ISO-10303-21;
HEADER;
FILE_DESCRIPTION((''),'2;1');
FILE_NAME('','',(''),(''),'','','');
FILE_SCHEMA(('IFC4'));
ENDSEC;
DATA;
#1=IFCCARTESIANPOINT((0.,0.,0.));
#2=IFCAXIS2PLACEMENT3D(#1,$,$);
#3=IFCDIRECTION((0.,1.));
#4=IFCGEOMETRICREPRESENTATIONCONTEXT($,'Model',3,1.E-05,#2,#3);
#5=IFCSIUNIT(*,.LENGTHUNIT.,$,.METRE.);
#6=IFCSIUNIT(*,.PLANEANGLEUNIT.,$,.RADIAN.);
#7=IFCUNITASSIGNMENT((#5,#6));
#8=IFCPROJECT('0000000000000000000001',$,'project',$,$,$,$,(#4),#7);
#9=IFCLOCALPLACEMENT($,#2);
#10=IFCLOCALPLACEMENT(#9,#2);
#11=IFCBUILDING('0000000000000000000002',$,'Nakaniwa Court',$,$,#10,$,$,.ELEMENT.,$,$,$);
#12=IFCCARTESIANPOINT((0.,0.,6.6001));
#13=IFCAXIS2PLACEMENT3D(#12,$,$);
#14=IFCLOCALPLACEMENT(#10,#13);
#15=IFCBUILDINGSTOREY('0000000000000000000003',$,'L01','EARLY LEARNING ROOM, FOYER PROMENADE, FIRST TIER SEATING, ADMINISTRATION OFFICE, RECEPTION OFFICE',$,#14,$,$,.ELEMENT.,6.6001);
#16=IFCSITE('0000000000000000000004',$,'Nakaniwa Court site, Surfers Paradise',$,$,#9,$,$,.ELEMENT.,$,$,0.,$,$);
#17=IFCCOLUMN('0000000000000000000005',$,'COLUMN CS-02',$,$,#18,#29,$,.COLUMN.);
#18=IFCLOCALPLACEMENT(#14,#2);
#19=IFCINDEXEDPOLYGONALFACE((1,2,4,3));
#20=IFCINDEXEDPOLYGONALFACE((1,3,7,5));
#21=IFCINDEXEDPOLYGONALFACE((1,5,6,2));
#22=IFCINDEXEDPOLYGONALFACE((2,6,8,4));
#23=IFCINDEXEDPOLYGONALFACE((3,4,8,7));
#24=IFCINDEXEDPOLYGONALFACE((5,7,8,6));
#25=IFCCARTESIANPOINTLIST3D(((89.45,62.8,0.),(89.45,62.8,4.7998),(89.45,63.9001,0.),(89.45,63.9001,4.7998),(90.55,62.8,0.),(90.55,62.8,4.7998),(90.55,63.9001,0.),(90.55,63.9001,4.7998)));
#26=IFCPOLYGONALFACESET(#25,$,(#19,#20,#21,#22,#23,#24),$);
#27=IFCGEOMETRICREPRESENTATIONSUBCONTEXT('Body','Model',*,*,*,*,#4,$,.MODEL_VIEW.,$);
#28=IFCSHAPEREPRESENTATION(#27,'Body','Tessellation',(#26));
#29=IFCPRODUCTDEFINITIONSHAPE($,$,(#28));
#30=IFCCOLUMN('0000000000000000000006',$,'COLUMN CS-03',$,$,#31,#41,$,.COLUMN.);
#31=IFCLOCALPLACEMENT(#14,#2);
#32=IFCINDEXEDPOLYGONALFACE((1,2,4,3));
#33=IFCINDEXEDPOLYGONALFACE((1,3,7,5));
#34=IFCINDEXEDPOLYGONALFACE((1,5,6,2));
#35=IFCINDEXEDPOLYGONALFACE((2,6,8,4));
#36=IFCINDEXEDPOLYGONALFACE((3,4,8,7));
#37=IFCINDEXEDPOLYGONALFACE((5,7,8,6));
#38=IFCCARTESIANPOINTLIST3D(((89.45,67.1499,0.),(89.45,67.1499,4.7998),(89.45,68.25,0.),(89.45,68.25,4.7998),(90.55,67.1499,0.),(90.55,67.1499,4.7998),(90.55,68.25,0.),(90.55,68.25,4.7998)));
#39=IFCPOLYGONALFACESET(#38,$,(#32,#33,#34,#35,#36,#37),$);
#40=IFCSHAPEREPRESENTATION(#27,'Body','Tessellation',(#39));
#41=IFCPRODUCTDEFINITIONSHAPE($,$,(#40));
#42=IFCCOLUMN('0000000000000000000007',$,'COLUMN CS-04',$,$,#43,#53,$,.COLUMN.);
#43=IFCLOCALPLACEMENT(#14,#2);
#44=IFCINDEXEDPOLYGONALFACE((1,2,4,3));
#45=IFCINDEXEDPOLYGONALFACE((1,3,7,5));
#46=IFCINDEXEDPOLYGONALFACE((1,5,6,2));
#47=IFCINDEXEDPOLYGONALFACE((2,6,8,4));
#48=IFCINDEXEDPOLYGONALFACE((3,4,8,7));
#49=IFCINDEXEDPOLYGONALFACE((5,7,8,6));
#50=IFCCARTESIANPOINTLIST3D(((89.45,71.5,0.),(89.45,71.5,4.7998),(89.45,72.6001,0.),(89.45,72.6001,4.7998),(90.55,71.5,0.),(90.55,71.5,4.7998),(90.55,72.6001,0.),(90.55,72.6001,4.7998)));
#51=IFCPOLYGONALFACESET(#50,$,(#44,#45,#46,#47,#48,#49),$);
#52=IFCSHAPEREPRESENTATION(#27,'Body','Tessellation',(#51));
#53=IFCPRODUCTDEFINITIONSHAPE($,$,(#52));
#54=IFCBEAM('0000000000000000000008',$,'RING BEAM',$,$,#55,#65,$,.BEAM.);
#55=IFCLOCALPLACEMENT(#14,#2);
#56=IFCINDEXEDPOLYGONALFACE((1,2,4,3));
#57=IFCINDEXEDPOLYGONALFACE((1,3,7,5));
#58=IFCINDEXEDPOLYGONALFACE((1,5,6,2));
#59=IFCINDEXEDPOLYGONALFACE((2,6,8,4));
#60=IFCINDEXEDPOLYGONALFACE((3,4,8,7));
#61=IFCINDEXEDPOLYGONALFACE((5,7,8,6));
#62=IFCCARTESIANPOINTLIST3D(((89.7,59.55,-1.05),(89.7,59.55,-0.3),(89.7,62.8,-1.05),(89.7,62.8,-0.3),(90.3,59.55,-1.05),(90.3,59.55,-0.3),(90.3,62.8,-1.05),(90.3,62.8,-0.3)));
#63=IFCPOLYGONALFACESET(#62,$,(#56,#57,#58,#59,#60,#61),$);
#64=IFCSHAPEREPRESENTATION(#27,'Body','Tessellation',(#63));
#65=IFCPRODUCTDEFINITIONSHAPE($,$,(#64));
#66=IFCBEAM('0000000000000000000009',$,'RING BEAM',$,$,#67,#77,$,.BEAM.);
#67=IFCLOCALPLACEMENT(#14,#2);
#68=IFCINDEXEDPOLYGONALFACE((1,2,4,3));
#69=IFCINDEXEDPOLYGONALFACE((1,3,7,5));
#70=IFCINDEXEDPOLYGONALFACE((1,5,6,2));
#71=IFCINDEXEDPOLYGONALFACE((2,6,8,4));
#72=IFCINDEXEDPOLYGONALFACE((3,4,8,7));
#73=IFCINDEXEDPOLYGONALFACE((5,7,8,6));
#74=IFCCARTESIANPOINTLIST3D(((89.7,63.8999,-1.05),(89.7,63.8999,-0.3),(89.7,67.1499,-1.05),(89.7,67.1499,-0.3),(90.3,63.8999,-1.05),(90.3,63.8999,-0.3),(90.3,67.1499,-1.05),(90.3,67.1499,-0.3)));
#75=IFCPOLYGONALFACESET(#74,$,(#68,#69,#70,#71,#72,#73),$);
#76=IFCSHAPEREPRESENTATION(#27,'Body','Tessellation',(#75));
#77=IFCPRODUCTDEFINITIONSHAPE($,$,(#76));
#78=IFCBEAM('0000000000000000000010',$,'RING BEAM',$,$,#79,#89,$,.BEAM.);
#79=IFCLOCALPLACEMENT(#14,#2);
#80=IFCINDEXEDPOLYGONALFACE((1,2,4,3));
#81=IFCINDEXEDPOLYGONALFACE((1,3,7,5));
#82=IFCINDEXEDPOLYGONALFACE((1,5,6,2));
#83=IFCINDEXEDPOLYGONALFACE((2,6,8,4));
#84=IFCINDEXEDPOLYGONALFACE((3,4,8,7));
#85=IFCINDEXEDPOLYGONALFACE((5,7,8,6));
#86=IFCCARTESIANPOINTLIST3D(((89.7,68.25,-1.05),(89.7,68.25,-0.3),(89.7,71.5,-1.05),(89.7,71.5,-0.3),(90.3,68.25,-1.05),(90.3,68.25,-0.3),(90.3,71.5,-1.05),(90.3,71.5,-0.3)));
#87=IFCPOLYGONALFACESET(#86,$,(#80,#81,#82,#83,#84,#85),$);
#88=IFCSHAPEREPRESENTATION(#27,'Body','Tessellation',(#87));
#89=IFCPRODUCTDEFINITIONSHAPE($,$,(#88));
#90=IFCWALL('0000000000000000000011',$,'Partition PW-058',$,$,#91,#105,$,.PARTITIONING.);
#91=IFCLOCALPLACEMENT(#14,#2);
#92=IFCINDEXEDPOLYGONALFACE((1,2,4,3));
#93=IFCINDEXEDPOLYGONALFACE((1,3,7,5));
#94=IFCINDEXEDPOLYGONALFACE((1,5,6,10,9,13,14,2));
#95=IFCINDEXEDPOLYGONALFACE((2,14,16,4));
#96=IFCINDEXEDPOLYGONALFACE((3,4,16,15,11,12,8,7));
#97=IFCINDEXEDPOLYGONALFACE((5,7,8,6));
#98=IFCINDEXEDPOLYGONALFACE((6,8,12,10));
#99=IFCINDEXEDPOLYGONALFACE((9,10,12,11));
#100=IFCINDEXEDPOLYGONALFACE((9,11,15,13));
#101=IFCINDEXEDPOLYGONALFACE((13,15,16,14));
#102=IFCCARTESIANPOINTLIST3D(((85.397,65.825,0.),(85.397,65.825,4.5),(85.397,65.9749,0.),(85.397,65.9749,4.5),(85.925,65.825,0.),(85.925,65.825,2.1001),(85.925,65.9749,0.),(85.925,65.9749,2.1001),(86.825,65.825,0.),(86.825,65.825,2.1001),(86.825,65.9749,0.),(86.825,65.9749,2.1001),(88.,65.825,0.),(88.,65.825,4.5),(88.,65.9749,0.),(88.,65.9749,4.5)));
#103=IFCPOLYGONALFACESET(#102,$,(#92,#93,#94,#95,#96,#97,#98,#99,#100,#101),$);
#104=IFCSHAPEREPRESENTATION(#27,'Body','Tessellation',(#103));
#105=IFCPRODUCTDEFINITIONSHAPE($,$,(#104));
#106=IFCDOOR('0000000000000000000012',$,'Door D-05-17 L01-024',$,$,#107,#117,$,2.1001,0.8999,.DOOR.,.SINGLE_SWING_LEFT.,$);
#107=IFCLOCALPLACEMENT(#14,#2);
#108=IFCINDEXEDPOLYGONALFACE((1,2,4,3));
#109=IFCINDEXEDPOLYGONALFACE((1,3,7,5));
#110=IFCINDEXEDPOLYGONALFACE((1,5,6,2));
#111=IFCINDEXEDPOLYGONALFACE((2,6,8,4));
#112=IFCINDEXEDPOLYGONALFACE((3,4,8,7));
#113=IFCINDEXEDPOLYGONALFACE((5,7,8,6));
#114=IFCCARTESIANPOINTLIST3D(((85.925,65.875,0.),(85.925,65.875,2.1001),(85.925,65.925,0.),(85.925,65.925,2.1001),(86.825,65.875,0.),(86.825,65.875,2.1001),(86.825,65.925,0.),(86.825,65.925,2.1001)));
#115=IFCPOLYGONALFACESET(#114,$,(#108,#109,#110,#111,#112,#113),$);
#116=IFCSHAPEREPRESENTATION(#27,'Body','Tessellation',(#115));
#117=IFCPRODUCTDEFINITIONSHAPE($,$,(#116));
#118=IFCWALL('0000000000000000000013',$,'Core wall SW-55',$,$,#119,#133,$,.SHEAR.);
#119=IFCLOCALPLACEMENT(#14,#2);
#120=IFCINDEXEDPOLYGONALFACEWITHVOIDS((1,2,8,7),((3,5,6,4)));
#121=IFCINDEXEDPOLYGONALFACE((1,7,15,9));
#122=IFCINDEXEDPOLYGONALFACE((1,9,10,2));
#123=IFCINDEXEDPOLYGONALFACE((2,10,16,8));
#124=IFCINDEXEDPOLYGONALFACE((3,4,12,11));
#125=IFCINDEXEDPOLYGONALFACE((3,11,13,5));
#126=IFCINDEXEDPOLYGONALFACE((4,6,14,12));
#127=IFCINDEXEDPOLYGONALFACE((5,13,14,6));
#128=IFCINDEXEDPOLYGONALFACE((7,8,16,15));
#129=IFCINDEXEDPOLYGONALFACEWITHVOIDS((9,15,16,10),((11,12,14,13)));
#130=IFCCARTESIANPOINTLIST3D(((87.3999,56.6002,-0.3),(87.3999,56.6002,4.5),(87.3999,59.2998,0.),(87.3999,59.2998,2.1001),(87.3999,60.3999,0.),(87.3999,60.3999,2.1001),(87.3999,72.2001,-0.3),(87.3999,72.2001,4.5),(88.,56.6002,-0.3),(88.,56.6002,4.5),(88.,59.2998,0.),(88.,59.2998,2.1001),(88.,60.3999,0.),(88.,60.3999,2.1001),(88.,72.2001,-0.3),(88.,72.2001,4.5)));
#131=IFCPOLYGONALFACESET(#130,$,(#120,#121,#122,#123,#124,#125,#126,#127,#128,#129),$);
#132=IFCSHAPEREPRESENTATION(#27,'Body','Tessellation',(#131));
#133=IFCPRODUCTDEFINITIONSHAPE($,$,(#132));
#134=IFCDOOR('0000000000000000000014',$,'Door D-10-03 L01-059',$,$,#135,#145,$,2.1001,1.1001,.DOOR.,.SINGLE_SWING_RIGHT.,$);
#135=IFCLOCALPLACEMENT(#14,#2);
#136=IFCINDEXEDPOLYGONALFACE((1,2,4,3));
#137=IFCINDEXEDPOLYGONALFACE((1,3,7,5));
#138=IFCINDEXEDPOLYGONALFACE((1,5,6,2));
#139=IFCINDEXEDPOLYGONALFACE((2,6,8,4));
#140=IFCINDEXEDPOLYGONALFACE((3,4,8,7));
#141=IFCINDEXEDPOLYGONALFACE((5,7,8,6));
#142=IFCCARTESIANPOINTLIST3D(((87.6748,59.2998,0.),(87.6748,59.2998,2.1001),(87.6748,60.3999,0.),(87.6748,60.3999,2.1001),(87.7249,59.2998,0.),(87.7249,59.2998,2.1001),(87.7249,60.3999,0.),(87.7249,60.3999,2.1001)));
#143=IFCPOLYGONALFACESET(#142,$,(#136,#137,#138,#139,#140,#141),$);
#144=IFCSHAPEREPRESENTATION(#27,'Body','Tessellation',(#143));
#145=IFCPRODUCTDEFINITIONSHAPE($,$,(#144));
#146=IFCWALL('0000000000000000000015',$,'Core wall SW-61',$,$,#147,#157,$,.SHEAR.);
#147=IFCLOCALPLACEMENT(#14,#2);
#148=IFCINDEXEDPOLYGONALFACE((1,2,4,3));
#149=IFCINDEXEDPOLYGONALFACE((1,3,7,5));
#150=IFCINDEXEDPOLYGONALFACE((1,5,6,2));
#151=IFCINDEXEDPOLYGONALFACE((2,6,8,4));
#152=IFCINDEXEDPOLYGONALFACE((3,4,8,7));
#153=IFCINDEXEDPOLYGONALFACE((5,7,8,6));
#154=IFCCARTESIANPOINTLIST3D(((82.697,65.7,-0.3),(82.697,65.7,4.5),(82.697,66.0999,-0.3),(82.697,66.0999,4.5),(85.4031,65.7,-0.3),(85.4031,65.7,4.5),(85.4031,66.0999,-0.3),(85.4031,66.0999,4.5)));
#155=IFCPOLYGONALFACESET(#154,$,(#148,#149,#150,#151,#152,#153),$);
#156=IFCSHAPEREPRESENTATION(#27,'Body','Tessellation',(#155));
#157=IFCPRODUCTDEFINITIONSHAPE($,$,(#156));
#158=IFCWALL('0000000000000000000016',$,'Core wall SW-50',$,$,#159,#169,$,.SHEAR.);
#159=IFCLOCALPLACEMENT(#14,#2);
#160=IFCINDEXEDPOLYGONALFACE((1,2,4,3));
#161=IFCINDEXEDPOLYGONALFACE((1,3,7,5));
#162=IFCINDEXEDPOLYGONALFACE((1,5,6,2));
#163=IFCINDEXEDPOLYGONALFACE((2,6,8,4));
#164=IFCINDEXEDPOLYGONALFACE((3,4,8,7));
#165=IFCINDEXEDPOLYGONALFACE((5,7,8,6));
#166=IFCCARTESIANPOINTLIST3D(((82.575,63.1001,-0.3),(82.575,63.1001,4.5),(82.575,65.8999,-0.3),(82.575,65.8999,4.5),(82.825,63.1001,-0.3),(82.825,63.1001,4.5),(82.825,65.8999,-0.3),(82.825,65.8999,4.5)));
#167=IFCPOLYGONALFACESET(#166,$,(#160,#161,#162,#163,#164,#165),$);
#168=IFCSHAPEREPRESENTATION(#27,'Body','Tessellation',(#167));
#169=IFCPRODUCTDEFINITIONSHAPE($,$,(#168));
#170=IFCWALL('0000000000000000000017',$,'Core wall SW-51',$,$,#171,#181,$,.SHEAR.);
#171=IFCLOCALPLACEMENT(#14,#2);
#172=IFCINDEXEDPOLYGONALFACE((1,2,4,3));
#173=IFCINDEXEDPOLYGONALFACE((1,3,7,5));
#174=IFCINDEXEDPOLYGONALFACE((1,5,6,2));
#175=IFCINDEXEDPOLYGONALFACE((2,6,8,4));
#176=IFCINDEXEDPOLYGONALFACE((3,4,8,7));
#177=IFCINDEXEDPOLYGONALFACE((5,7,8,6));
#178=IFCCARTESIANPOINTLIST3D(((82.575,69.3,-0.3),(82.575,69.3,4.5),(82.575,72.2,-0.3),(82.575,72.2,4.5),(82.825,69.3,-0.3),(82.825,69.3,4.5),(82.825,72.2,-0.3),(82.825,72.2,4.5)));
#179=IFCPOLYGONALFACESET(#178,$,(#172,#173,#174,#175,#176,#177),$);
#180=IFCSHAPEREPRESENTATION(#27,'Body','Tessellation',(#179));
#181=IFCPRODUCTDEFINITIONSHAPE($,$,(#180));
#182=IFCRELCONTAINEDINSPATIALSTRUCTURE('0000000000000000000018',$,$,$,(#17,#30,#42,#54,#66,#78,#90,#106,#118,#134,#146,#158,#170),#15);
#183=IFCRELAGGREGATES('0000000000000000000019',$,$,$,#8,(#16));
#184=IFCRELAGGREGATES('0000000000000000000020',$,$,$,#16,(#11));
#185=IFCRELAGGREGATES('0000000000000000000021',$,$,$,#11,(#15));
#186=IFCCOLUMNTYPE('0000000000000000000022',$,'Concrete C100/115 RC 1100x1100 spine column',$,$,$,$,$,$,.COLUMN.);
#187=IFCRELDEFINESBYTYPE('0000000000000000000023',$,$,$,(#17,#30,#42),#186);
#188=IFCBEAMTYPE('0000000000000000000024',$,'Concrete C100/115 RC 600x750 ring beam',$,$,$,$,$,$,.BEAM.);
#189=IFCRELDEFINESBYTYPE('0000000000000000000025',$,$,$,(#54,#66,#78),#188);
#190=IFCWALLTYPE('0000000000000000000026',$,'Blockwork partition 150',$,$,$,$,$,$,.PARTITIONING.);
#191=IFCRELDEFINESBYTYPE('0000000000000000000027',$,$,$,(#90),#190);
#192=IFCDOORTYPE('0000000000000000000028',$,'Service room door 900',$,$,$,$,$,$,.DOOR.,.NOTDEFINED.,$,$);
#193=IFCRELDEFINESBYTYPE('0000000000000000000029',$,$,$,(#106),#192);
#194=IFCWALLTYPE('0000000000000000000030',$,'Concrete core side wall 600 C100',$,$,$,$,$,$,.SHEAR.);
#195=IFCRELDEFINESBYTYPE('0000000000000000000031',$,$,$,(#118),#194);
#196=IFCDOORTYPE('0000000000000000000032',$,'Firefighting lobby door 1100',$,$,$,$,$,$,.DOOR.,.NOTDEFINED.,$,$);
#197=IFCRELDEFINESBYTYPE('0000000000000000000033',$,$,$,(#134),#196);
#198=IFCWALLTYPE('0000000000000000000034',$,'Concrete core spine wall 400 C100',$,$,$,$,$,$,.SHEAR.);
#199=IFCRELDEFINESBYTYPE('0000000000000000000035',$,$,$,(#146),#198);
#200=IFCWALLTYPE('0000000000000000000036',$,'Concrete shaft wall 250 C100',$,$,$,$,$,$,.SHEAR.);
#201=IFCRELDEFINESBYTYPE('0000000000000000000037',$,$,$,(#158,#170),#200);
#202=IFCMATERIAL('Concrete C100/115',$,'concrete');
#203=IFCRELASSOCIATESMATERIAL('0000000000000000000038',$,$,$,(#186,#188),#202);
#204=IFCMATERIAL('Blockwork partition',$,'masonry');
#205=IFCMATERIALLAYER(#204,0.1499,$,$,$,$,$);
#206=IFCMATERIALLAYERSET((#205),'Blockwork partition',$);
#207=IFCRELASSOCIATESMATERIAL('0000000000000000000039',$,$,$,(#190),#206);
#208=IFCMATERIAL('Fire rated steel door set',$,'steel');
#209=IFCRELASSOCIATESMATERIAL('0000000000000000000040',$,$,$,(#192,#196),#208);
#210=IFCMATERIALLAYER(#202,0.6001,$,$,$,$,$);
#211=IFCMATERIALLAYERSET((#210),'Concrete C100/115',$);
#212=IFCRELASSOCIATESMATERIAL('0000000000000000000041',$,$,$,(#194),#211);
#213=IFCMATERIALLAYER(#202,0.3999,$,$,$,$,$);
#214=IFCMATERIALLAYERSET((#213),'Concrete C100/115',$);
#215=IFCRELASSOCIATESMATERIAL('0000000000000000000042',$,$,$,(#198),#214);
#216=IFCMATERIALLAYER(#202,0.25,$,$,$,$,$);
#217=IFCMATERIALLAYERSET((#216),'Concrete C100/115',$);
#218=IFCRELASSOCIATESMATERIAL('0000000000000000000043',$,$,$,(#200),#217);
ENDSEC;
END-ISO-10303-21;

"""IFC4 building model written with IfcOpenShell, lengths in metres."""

from ifc_helpers import new_model, si_unit, direction, frame, frame_2d, origin, origin_2d, place, context, subcontext, project, spatial, rectangle, extrude, material, layer, layer_set, material_profile, profile_set, type_object, element, fill, save


model = new_model("IFC4")

# Units and contexts
model_context = context("Model", 3, precision=1e-05, world=origin(), true_north=direction((0.0, 1.0)))
body_context = subcontext(model_context, "Body", "Model", "MODEL_VIEW")
ifc_project = project(units=[si_unit("LENGTHUNIT", "METRE"), si_unit("PLANEANGLEUNIT", "RADIAN")], contexts=[model_context])

# Site, building, storey
site_placement = place(None, origin())
site = spatial("IfcSite", under=ifc_project, at=site_placement, Name="Nakaniwa Court site, Surfers Paradise", CompositionType="ELEMENT", RefElevation=0.0)
building_placement = place(site_placement, origin())
building = spatial("IfcBuilding", under=site, at=building_placement, Name="Nakaniwa Court", CompositionType="ELEMENT")
storey_placement = place(building_placement, frame((0.0, 0.0, 6.6001)))
storey = spatial("IfcBuildingStorey", under=building, at=storey_placement, Name="L01", Description="EARLY LEARNING ROOM, FOYER PROMENADE, FIRST TIER SEATING, ADMINISTRATION OFFICE, RECEPTION OFFICE", CompositionType="ELEMENT", Elevation=6.6001)

# Columns
ifc_material_1 = material(Name="Concrete C100/115", Category="concrete")
ifc_material_profile_1 = material_profile(ifc_material_1, rectangle(XDim=1.1001, YDim=1.1001, at=origin_2d()), Name="Concrete C100/115 RC 1100x1100 spine column")
ifc_profile_set_1 = profile_set([ifc_material_profile_1], Name="Concrete C100/115")
column_type = type_object("IfcColumnType", Name="Concrete C100/115 RC 1100x1100 spine column", PredefinedType="COLUMN", material=ifc_profile_set_1)
for number, where, z_axis, x_axis, name in (
    (1, (90.0, 63.3501, 0.0), (0.0, 0.0, 1.0), (0.0, 1.0, 0.0), "COLUMN CS-02"),
    (2, (90.0, 67.7, 0.0), (0.0, 0.0, 1.0), (0.0, 1.0, 0.0), "COLUMN CS-03"),
    (3, (90.0, 72.05, 0.0), (0.0, 0.0, 1.0), (0.0, 1.0, 0.0), "COLUMN CS-04"),
):
    element("IfcColumn", number, at=place(storey_placement, frame(where, z_axis=z_axis, x_axis=x_axis)), inside=storey, type_object=column_type, Name=name, PredefinedType="COLUMN", context=body_context, shape_type="SweptSolid", body=[
        extrude(rectangle(XDim=1.1001, YDim=1.1001, at=origin_2d()), origin(), (0.0, 0.0, 1.0), 4.7998),
    ])

# Beams
ifc_material_profile_2 = material_profile(ifc_material_1, rectangle(XDim=0.6001, YDim=0.75, at=origin_2d()), Name="Concrete C100/115 RC 600x750 ring beam")
ifc_profile_set_2 = profile_set([ifc_material_profile_2], Name="Concrete C100/115")
beam_type = type_object("IfcBeamType", Name="Concrete C100/115 RC 600x750 ring beam", PredefinedType="BEAM", material=ifc_profile_set_2)
for number, where, z_axis, x_axis, name in (
    (4, (90.0, 59.55, -0.675), (0.0, 1.0, 0.0), (-1.0, 0.0, 0.0), "RING BEAM"),
    (5, (90.0, 63.8999, -0.675), (0.0, 1.0, 0.0), (-1.0, 0.0, 0.0), "RING BEAM"),
    (6, (90.0, 68.25, -0.675), (0.0, 1.0, 0.0), (-1.0, 0.0, 0.0), "RING BEAM"),
):
    element("IfcBeam", number, at=place(storey_placement, frame(where, z_axis=z_axis, x_axis=x_axis)), inside=storey, type_object=beam_type, Name=name, PredefinedType="BEAM", context=body_context, shape_type="SweptSolid", body=[
        extrude(rectangle(XDim=0.6001, YDim=0.75, at=origin_2d()), origin(), (0.0, 0.0, 1.0), 3.25),
    ])

# Walls, openings, doors
ifc_material_2 = material(Name="Blockwork partition", Category="masonry")
ifc_layer_1 = layer(ifc_material_2, 0.1499)
ifc_layer_set_1 = layer_set([ifc_layer_1], Name="Blockwork partition")
wall_type_1 = type_object("IfcWallType", Name="Blockwork partition 150", PredefinedType="PARTITIONING", material=ifc_layer_set_1)
wall_1_placement = place(storey_placement, frame((88.0, 65.8999, 0.0), z_axis=(0.0, 0.0, 1.0), x_axis=(-1.0, 0.0, 0.0)))
wall_1 = element("IfcWall", 7, at=wall_1_placement, inside=storey, type_object=wall_type_1, Name="Partition PW-058", PredefinedType="PARTITIONING", context=body_context, shape_type="SweptSolid", body=[
    extrude(rectangle(XDim=2.603, YDim=0.1499, at=frame_2d((1.3015, 0.0))), origin(), (0.0, 0.0, 1.0), 4.5),
])
opening_1_placement = place(wall_1_placement, frame((1.175, 0.0, 0.0)))
opening_1 = element("IfcOpeningElement", 8, at=opening_1_placement, cuts=wall_1, PredefinedType="OPENING", context=body_context, shape_type="SweptSolid", body=[
    extrude(rectangle(XDim=0.8999, YDim=2.1001, at=frame_2d((0.45, 1.05))), frame((0.0, 0.085, 0.0), z_axis=(0.0, -1.0, 0.0), x_axis=(1.0, 0.0, 0.0)), (0.0, 0.0, 1.0), 0.1699),
])
ifc_material_3 = material(Name="Fire rated steel door set", Category="steel")
door_type_1 = type_object("IfcDoorType", Name="Service room door 900", OperationType="NOTDEFINED", PredefinedType="DOOR", material=ifc_material_3)
door_1_placement = place(opening_1_placement, origin())
door_1 = element("IfcDoor", 9, at=door_1_placement, inside=storey, type_object=door_type_1, Name="Door D-05-17 L01-024", OperationType="SINGLE_SWING_LEFT", OverallHeight=2.1001, OverallWidth=0.8999, PredefinedType="DOOR", context=body_context, shape_type="SweptSolid", body=[
    extrude(rectangle(XDim=0.8999, YDim=2.1001, at=frame_2d((0.45, 1.05))), frame((0.0, 0.0249, 0.0), z_axis=(0.0, -1.0, 0.0), x_axis=(1.0, 0.0, 0.0)), (0.0, 0.0, 1.0), 0.05),
])
fill(opening_1, door_1)
ifc_layer_2 = layer(ifc_material_1, 0.6001)
ifc_layer_set_2 = layer_set([ifc_layer_2], Name="Concrete C100/115")
wall_type_2 = type_object("IfcWallType", Name="Concrete core side wall 600 C100", PredefinedType="SHEAR", material=ifc_layer_set_2)
wall_2_placement = place(storey_placement, frame((87.7, 72.2, -0.3), z_axis=(0.0, 0.0, 1.0), x_axis=(0.0, -1.0, 0.0)))
wall_2 = element("IfcWall", 10, at=wall_2_placement, inside=storey, type_object=wall_type_2, Name="Core wall SW-55", PredefinedType="SHEAR", context=body_context, shape_type="SweptSolid", body=[
    extrude(rectangle(XDim=15.5999, YDim=0.6001, at=frame_2d((7.7998, 0.0))), origin(), (0.0, 0.0, 1.0), 4.8),
])
opening_2_placement = place(wall_2_placement, frame((11.8, 0.0, 0.3)))
opening_2 = element("IfcOpeningElement", 11, at=opening_2_placement, cuts=wall_2, PredefinedType="OPENING", context=body_context, shape_type="SweptSolid", body=[
    extrude(rectangle(XDim=1.1001, YDim=2.1001, at=frame_2d((0.55, 1.05))), frame((0.0, 0.3101, 0.0), z_axis=(0.0, -1.0, 0.0), x_axis=(1.0, 0.0, 0.0)), (0.0, 0.0, 1.0), 0.6201),
])
door_type_2 = type_object("IfcDoorType", Name="Firefighting lobby door 1100", OperationType="NOTDEFINED", PredefinedType="DOOR", material=ifc_material_3)
door_2_placement = place(opening_2_placement, origin())
door_2 = element("IfcDoor", 12, at=door_2_placement, inside=storey, type_object=door_type_2, Name="Door D-10-03 L01-059", OperationType="SINGLE_SWING_RIGHT", OverallHeight=2.1001, OverallWidth=1.1001, PredefinedType="DOOR", context=body_context, shape_type="SweptSolid", body=[
    extrude(rectangle(XDim=1.1001, YDim=2.1001, at=frame_2d((0.55, 1.05))), frame((0.0, 0.0249, 0.0), z_axis=(0.0, -1.0, 0.0), x_axis=(1.0, 0.0, 0.0)), (0.0, 0.0, 1.0), 0.05),
])
fill(opening_2, door_2)

# Walls
ifc_layer_3 = layer(ifc_material_1, 0.3999)
ifc_layer_set_3 = layer_set([ifc_layer_3], Name="Concrete C100/115")
wall_type_3 = type_object("IfcWallType", Name="Concrete core spine wall 400 C100", PredefinedType="SHEAR", material=ifc_layer_set_3)
wall_3_placement = place(storey_placement, frame((82.697, 65.8999, -0.3), z_axis=(0.0, 0.0, 1.0), x_axis=(1.0, 0.0, 0.0)))
element("IfcWall", 13, at=wall_3_placement, inside=storey, type_object=wall_type_3, Name="Core wall SW-61", PredefinedType="SHEAR", context=body_context, shape_type="SweptSolid", body=[
    extrude(rectangle(XDim=2.7061, YDim=0.3999, at=frame_2d((1.353, 0.0))), origin(), (0.0, 0.0, 1.0), 4.8),
])
ifc_layer_4 = layer(ifc_material_1, 0.25)
ifc_layer_set_4 = layer_set([ifc_layer_4], Name="Concrete C100/115")
wall_type_4 = type_object("IfcWallType", Name="Concrete shaft wall 250 C100", PredefinedType="SHEAR", material=ifc_layer_set_4)
wall_4_placement = place(storey_placement, frame((82.7, 63.1001, -0.3), z_axis=(0.0, 0.0, 1.0), x_axis=(0.0, 1.0, 0.0)))
element("IfcWall", 14, at=wall_4_placement, inside=storey, type_object=wall_type_4, Name="Core wall SW-50", PredefinedType="SHEAR", context=body_context, shape_type="SweptSolid", body=[
    extrude(rectangle(XDim=2.7998, YDim=0.25, at=frame_2d((1.3999, 0.0))), origin(), (0.0, 0.0, 1.0), 4.8),
])
wall_5_placement = place(storey_placement, frame((82.7, 69.3, -0.3), z_axis=(0.0, 0.0, 1.0), x_axis=(0.0, 1.0, 0.0)))
element("IfcWall", 15, at=wall_5_placement, inside=storey, type_object=wall_type_4, Name="Core wall SW-51", PredefinedType="SHEAR", context=body_context, shape_type="SweptSolid", body=[
    extrude(rectangle(XDim=2.8999, YDim=0.25, at=frame_2d((1.45, 0.0))), origin(), (0.0, 0.0, 1.0), 4.8),
])

save(model, "model.ifc")
